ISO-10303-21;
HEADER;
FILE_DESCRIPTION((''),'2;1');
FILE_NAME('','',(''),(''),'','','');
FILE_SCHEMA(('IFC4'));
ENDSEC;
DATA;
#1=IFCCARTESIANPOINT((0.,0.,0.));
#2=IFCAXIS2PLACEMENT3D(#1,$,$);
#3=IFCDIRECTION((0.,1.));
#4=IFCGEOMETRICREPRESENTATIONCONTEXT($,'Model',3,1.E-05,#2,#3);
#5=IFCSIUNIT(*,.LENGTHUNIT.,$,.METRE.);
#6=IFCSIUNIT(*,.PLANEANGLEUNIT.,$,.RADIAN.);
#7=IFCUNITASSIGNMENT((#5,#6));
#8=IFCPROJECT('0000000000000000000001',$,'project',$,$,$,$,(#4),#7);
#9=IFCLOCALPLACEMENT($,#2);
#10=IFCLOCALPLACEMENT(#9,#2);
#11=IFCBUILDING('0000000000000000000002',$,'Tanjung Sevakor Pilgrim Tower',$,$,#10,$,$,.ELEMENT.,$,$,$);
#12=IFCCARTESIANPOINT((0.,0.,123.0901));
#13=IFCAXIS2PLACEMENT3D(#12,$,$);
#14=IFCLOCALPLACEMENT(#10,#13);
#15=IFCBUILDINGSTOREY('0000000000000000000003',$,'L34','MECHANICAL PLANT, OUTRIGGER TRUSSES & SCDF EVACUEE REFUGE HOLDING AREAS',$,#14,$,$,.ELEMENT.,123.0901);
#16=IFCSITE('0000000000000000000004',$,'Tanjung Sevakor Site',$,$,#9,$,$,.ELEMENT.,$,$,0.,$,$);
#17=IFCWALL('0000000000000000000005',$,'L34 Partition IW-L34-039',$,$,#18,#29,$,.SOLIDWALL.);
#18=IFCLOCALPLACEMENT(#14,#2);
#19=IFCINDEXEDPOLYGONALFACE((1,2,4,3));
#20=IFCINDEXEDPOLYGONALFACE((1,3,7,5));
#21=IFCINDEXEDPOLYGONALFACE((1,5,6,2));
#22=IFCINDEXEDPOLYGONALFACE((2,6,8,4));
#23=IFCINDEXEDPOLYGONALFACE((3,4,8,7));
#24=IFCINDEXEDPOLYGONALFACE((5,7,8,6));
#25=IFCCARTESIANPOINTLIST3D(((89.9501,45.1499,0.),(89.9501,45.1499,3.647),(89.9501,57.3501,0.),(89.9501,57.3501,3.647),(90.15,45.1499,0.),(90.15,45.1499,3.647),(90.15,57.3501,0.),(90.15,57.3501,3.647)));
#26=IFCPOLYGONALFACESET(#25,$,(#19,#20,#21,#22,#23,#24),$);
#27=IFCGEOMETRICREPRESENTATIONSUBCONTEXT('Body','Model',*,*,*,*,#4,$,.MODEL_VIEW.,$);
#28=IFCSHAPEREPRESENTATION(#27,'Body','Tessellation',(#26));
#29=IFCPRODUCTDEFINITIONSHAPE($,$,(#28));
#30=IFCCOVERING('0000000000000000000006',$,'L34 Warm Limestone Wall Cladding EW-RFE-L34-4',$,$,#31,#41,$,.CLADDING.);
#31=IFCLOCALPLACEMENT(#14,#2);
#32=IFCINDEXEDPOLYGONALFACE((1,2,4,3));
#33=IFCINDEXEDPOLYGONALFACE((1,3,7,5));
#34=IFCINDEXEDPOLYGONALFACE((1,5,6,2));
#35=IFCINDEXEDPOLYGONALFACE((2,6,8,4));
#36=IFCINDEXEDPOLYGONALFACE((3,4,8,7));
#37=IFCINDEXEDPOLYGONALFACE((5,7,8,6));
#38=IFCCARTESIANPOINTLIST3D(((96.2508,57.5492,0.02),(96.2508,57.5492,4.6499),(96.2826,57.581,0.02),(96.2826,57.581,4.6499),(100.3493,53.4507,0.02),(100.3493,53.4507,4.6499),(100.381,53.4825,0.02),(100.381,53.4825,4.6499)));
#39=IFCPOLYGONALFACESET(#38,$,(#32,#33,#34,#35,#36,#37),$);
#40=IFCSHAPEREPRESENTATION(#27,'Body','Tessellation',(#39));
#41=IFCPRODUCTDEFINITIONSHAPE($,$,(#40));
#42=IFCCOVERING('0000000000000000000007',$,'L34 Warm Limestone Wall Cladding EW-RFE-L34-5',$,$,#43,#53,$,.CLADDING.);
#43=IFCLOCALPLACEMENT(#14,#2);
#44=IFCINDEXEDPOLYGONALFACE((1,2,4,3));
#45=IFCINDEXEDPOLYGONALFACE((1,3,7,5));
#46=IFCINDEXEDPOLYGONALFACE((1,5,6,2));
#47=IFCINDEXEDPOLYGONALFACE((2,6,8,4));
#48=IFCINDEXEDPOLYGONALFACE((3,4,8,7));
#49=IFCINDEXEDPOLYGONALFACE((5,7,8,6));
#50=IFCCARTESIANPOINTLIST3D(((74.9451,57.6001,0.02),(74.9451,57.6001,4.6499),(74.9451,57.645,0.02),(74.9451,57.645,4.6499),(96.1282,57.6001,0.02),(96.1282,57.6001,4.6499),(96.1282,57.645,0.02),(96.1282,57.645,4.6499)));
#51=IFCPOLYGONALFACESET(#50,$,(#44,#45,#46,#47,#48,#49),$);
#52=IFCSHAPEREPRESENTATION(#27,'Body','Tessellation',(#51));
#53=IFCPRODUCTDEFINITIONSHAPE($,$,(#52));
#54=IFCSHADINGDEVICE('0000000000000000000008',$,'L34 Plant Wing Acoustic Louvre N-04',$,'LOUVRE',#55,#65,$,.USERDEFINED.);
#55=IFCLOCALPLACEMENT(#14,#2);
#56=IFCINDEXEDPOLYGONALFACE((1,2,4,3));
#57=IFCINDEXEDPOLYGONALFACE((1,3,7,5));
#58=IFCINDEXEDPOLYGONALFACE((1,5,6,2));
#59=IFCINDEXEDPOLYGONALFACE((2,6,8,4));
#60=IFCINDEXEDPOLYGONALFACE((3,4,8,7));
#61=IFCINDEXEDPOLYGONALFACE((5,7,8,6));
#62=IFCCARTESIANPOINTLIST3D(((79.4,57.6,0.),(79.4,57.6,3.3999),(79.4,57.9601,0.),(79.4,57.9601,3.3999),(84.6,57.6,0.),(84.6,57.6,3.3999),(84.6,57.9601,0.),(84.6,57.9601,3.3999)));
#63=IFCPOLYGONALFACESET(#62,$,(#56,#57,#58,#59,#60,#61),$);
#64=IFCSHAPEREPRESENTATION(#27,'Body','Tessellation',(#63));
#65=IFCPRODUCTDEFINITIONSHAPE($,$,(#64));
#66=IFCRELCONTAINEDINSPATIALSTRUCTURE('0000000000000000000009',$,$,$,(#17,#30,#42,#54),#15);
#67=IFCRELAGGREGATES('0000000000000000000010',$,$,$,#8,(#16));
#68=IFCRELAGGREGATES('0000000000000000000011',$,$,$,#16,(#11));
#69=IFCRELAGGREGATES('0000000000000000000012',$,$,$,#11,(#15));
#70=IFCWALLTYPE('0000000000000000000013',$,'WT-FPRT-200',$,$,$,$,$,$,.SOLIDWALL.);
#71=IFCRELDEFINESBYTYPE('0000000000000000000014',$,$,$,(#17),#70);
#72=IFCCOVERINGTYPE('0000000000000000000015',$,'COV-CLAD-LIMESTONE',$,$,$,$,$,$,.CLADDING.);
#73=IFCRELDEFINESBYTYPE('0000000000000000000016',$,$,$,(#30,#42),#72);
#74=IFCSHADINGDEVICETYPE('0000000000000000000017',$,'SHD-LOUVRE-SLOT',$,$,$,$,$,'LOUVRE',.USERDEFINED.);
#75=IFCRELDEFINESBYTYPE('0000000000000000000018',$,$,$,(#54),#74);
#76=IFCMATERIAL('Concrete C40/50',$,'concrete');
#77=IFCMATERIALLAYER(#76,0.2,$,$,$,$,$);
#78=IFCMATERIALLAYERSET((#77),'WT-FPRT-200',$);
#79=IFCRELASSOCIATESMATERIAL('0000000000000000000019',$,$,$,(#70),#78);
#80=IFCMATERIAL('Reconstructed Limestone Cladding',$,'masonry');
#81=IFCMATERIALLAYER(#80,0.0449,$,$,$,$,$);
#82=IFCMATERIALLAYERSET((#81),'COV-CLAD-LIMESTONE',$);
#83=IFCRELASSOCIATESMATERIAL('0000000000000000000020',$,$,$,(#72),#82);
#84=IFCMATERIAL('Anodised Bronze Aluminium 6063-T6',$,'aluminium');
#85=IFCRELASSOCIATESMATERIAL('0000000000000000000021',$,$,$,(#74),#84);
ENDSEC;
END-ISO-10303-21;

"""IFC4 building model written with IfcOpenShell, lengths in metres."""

from ifc_helpers import new_model, si_unit, direction, frame, frame_2d, origin, origin_2d, place, context, subcontext, project, spatial, rectangle, extrude, material, layer, layer_set, type_object, element, save


model = new_model("IFC4")

# Units and contexts
model_context = context("Model", 3, precision=1e-05, world=origin(), true_north=direction((0.0, 1.0)))
body_context = subcontext(model_context, "Body", "Model", "MODEL_VIEW")
ifc_project = project(units=[si_unit("LENGTHUNIT", "METRE"), si_unit("PLANEANGLEUNIT", "RADIAN")], contexts=[model_context])

# Site, building, storey
site_placement = place(None, origin())
site = spatial("IfcSite", under=ifc_project, at=site_placement, Name="Tanjung Sevakor Site", CompositionType="ELEMENT", RefElevation=0.0)
building_placement = place(site_placement, origin())
building = spatial("IfcBuilding", under=site, at=building_placement, Name="Tanjung Sevakor Pilgrim Tower", CompositionType="ELEMENT")
storey_placement = place(building_placement, frame((0.0, 0.0, 123.0901)))
storey = spatial("IfcBuildingStorey", under=building, at=storey_placement, Name="L34", Description="MECHANICAL PLANT, OUTRIGGER TRUSSES & SCDF EVACUEE REFUGE HOLDING AREAS", CompositionType="ELEMENT", Elevation=123.0901)

# Shared definitions
ifc_material_1 = material(Name="Concrete C40/50", Category="concrete")
ifc_layer_1 = layer(ifc_material_1, 0.2)
ifc_layer_set_1 = layer_set([ifc_layer_1], Name="WT-FPRT-200")
wall_type_1 = type_object("IfcWallType", Name="WT-FPRT-200", PredefinedType="SOLIDWALL", material=ifc_layer_set_1)

# Wall
wall_1_placement = place(storey_placement, frame((90.05, 45.1499, 0.0), z_axis=(0.0, 0.0, 1.0), x_axis=(0.0, 1.0, 0.0)))
element("IfcWall", 1, at=wall_1_placement, inside=storey, type_object=wall_type_1, Name="L34 Partition IW-L34-039", PredefinedType="SOLIDWALL", context=body_context, shape_type="SweptSolid", body=[
    extrude(rectangle(XDim=12.2002, YDim=0.2, at=frame_2d((6.1001, 0.0))), origin(), (0.0, 0.0, 1.0), 3.647),
])

# Coverings
ifc_material_2 = material(Name="Reconstructed Limestone Cladding", Category="masonry")
ifc_layer_2 = layer(ifc_material_2, 0.0449)
ifc_layer_set_2 = layer_set([ifc_layer_2], Name="COV-CLAD-LIMESTONE")
covering_type = type_object("IfcCoveringType", Name="COV-CLAD-LIMESTONE", PredefinedType="CLADDING", material=ifc_layer_set_2)
covering_1_placement = place(storey_placement, frame((98.3159, 55.5159, 0.02), z_axis=(0.0, 0.0, 1.0), x_axis=(-0.707107, 0.707107, 0.0)))
element("IfcCovering", 2, at=covering_1_placement, inside=storey, type_object=covering_type, Name="L34 Warm Limestone Wall Cladding EW-RFE-L34-4", PredefinedType="CLADDING", context=body_context, shape_type="SweptSolid", body=[
    extrude(rectangle(XDim=5.7961, YDim=0.0449, at=origin_2d()), origin(), (0.0, 0.0, 1.0), 4.6299),
])
covering_2_placement = place(storey_placement, frame((85.5366, 57.6226, 0.02), z_axis=(0.0, 0.0, 1.0), x_axis=(-1.0, 0.0, 0.0)))
element("IfcCovering", 3, at=covering_2_placement, inside=storey, type_object=covering_type, Name="L34 Warm Limestone Wall Cladding EW-RFE-L34-5", PredefinedType="CLADDING", context=body_context, shape_type="SweptSolid", body=[
    extrude(rectangle(XDim=21.1831, YDim=0.0449, at=origin_2d()), origin(), (0.0, 0.0, 1.0), 4.6299),
])

# Shading device
ifc_material_3 = material(Name="Anodised Bronze Aluminium 6063-T6", Category="aluminium")
shading_device_type = type_object("IfcShadingDeviceType", Name="SHD-LOUVRE-SLOT", ElementType="LOUVRE", PredefinedType="USERDEFINED", material=ifc_material_3)
shading_device_placement = place(storey_placement, frame((82.0, 57.78, 0.0), z_axis=(0.0, 0.0, 1.0), x_axis=(1.0, 0.0, 0.0)))
element("IfcShadingDevice", 4, at=shading_device_placement, inside=storey, type_object=shading_device_type, Name="L34 Plant Wing Acoustic Louvre N-04", ObjectType="LOUVRE", PredefinedType="USERDEFINED", context=body_context, shape_type="SweptSolid", body=[
    extrude(rectangle(XDim=5.2, YDim=0.3601, at=origin_2d()), origin(), (0.0, 0.0, 1.0), 3.3999),
])

save(model, "model.ifc")
